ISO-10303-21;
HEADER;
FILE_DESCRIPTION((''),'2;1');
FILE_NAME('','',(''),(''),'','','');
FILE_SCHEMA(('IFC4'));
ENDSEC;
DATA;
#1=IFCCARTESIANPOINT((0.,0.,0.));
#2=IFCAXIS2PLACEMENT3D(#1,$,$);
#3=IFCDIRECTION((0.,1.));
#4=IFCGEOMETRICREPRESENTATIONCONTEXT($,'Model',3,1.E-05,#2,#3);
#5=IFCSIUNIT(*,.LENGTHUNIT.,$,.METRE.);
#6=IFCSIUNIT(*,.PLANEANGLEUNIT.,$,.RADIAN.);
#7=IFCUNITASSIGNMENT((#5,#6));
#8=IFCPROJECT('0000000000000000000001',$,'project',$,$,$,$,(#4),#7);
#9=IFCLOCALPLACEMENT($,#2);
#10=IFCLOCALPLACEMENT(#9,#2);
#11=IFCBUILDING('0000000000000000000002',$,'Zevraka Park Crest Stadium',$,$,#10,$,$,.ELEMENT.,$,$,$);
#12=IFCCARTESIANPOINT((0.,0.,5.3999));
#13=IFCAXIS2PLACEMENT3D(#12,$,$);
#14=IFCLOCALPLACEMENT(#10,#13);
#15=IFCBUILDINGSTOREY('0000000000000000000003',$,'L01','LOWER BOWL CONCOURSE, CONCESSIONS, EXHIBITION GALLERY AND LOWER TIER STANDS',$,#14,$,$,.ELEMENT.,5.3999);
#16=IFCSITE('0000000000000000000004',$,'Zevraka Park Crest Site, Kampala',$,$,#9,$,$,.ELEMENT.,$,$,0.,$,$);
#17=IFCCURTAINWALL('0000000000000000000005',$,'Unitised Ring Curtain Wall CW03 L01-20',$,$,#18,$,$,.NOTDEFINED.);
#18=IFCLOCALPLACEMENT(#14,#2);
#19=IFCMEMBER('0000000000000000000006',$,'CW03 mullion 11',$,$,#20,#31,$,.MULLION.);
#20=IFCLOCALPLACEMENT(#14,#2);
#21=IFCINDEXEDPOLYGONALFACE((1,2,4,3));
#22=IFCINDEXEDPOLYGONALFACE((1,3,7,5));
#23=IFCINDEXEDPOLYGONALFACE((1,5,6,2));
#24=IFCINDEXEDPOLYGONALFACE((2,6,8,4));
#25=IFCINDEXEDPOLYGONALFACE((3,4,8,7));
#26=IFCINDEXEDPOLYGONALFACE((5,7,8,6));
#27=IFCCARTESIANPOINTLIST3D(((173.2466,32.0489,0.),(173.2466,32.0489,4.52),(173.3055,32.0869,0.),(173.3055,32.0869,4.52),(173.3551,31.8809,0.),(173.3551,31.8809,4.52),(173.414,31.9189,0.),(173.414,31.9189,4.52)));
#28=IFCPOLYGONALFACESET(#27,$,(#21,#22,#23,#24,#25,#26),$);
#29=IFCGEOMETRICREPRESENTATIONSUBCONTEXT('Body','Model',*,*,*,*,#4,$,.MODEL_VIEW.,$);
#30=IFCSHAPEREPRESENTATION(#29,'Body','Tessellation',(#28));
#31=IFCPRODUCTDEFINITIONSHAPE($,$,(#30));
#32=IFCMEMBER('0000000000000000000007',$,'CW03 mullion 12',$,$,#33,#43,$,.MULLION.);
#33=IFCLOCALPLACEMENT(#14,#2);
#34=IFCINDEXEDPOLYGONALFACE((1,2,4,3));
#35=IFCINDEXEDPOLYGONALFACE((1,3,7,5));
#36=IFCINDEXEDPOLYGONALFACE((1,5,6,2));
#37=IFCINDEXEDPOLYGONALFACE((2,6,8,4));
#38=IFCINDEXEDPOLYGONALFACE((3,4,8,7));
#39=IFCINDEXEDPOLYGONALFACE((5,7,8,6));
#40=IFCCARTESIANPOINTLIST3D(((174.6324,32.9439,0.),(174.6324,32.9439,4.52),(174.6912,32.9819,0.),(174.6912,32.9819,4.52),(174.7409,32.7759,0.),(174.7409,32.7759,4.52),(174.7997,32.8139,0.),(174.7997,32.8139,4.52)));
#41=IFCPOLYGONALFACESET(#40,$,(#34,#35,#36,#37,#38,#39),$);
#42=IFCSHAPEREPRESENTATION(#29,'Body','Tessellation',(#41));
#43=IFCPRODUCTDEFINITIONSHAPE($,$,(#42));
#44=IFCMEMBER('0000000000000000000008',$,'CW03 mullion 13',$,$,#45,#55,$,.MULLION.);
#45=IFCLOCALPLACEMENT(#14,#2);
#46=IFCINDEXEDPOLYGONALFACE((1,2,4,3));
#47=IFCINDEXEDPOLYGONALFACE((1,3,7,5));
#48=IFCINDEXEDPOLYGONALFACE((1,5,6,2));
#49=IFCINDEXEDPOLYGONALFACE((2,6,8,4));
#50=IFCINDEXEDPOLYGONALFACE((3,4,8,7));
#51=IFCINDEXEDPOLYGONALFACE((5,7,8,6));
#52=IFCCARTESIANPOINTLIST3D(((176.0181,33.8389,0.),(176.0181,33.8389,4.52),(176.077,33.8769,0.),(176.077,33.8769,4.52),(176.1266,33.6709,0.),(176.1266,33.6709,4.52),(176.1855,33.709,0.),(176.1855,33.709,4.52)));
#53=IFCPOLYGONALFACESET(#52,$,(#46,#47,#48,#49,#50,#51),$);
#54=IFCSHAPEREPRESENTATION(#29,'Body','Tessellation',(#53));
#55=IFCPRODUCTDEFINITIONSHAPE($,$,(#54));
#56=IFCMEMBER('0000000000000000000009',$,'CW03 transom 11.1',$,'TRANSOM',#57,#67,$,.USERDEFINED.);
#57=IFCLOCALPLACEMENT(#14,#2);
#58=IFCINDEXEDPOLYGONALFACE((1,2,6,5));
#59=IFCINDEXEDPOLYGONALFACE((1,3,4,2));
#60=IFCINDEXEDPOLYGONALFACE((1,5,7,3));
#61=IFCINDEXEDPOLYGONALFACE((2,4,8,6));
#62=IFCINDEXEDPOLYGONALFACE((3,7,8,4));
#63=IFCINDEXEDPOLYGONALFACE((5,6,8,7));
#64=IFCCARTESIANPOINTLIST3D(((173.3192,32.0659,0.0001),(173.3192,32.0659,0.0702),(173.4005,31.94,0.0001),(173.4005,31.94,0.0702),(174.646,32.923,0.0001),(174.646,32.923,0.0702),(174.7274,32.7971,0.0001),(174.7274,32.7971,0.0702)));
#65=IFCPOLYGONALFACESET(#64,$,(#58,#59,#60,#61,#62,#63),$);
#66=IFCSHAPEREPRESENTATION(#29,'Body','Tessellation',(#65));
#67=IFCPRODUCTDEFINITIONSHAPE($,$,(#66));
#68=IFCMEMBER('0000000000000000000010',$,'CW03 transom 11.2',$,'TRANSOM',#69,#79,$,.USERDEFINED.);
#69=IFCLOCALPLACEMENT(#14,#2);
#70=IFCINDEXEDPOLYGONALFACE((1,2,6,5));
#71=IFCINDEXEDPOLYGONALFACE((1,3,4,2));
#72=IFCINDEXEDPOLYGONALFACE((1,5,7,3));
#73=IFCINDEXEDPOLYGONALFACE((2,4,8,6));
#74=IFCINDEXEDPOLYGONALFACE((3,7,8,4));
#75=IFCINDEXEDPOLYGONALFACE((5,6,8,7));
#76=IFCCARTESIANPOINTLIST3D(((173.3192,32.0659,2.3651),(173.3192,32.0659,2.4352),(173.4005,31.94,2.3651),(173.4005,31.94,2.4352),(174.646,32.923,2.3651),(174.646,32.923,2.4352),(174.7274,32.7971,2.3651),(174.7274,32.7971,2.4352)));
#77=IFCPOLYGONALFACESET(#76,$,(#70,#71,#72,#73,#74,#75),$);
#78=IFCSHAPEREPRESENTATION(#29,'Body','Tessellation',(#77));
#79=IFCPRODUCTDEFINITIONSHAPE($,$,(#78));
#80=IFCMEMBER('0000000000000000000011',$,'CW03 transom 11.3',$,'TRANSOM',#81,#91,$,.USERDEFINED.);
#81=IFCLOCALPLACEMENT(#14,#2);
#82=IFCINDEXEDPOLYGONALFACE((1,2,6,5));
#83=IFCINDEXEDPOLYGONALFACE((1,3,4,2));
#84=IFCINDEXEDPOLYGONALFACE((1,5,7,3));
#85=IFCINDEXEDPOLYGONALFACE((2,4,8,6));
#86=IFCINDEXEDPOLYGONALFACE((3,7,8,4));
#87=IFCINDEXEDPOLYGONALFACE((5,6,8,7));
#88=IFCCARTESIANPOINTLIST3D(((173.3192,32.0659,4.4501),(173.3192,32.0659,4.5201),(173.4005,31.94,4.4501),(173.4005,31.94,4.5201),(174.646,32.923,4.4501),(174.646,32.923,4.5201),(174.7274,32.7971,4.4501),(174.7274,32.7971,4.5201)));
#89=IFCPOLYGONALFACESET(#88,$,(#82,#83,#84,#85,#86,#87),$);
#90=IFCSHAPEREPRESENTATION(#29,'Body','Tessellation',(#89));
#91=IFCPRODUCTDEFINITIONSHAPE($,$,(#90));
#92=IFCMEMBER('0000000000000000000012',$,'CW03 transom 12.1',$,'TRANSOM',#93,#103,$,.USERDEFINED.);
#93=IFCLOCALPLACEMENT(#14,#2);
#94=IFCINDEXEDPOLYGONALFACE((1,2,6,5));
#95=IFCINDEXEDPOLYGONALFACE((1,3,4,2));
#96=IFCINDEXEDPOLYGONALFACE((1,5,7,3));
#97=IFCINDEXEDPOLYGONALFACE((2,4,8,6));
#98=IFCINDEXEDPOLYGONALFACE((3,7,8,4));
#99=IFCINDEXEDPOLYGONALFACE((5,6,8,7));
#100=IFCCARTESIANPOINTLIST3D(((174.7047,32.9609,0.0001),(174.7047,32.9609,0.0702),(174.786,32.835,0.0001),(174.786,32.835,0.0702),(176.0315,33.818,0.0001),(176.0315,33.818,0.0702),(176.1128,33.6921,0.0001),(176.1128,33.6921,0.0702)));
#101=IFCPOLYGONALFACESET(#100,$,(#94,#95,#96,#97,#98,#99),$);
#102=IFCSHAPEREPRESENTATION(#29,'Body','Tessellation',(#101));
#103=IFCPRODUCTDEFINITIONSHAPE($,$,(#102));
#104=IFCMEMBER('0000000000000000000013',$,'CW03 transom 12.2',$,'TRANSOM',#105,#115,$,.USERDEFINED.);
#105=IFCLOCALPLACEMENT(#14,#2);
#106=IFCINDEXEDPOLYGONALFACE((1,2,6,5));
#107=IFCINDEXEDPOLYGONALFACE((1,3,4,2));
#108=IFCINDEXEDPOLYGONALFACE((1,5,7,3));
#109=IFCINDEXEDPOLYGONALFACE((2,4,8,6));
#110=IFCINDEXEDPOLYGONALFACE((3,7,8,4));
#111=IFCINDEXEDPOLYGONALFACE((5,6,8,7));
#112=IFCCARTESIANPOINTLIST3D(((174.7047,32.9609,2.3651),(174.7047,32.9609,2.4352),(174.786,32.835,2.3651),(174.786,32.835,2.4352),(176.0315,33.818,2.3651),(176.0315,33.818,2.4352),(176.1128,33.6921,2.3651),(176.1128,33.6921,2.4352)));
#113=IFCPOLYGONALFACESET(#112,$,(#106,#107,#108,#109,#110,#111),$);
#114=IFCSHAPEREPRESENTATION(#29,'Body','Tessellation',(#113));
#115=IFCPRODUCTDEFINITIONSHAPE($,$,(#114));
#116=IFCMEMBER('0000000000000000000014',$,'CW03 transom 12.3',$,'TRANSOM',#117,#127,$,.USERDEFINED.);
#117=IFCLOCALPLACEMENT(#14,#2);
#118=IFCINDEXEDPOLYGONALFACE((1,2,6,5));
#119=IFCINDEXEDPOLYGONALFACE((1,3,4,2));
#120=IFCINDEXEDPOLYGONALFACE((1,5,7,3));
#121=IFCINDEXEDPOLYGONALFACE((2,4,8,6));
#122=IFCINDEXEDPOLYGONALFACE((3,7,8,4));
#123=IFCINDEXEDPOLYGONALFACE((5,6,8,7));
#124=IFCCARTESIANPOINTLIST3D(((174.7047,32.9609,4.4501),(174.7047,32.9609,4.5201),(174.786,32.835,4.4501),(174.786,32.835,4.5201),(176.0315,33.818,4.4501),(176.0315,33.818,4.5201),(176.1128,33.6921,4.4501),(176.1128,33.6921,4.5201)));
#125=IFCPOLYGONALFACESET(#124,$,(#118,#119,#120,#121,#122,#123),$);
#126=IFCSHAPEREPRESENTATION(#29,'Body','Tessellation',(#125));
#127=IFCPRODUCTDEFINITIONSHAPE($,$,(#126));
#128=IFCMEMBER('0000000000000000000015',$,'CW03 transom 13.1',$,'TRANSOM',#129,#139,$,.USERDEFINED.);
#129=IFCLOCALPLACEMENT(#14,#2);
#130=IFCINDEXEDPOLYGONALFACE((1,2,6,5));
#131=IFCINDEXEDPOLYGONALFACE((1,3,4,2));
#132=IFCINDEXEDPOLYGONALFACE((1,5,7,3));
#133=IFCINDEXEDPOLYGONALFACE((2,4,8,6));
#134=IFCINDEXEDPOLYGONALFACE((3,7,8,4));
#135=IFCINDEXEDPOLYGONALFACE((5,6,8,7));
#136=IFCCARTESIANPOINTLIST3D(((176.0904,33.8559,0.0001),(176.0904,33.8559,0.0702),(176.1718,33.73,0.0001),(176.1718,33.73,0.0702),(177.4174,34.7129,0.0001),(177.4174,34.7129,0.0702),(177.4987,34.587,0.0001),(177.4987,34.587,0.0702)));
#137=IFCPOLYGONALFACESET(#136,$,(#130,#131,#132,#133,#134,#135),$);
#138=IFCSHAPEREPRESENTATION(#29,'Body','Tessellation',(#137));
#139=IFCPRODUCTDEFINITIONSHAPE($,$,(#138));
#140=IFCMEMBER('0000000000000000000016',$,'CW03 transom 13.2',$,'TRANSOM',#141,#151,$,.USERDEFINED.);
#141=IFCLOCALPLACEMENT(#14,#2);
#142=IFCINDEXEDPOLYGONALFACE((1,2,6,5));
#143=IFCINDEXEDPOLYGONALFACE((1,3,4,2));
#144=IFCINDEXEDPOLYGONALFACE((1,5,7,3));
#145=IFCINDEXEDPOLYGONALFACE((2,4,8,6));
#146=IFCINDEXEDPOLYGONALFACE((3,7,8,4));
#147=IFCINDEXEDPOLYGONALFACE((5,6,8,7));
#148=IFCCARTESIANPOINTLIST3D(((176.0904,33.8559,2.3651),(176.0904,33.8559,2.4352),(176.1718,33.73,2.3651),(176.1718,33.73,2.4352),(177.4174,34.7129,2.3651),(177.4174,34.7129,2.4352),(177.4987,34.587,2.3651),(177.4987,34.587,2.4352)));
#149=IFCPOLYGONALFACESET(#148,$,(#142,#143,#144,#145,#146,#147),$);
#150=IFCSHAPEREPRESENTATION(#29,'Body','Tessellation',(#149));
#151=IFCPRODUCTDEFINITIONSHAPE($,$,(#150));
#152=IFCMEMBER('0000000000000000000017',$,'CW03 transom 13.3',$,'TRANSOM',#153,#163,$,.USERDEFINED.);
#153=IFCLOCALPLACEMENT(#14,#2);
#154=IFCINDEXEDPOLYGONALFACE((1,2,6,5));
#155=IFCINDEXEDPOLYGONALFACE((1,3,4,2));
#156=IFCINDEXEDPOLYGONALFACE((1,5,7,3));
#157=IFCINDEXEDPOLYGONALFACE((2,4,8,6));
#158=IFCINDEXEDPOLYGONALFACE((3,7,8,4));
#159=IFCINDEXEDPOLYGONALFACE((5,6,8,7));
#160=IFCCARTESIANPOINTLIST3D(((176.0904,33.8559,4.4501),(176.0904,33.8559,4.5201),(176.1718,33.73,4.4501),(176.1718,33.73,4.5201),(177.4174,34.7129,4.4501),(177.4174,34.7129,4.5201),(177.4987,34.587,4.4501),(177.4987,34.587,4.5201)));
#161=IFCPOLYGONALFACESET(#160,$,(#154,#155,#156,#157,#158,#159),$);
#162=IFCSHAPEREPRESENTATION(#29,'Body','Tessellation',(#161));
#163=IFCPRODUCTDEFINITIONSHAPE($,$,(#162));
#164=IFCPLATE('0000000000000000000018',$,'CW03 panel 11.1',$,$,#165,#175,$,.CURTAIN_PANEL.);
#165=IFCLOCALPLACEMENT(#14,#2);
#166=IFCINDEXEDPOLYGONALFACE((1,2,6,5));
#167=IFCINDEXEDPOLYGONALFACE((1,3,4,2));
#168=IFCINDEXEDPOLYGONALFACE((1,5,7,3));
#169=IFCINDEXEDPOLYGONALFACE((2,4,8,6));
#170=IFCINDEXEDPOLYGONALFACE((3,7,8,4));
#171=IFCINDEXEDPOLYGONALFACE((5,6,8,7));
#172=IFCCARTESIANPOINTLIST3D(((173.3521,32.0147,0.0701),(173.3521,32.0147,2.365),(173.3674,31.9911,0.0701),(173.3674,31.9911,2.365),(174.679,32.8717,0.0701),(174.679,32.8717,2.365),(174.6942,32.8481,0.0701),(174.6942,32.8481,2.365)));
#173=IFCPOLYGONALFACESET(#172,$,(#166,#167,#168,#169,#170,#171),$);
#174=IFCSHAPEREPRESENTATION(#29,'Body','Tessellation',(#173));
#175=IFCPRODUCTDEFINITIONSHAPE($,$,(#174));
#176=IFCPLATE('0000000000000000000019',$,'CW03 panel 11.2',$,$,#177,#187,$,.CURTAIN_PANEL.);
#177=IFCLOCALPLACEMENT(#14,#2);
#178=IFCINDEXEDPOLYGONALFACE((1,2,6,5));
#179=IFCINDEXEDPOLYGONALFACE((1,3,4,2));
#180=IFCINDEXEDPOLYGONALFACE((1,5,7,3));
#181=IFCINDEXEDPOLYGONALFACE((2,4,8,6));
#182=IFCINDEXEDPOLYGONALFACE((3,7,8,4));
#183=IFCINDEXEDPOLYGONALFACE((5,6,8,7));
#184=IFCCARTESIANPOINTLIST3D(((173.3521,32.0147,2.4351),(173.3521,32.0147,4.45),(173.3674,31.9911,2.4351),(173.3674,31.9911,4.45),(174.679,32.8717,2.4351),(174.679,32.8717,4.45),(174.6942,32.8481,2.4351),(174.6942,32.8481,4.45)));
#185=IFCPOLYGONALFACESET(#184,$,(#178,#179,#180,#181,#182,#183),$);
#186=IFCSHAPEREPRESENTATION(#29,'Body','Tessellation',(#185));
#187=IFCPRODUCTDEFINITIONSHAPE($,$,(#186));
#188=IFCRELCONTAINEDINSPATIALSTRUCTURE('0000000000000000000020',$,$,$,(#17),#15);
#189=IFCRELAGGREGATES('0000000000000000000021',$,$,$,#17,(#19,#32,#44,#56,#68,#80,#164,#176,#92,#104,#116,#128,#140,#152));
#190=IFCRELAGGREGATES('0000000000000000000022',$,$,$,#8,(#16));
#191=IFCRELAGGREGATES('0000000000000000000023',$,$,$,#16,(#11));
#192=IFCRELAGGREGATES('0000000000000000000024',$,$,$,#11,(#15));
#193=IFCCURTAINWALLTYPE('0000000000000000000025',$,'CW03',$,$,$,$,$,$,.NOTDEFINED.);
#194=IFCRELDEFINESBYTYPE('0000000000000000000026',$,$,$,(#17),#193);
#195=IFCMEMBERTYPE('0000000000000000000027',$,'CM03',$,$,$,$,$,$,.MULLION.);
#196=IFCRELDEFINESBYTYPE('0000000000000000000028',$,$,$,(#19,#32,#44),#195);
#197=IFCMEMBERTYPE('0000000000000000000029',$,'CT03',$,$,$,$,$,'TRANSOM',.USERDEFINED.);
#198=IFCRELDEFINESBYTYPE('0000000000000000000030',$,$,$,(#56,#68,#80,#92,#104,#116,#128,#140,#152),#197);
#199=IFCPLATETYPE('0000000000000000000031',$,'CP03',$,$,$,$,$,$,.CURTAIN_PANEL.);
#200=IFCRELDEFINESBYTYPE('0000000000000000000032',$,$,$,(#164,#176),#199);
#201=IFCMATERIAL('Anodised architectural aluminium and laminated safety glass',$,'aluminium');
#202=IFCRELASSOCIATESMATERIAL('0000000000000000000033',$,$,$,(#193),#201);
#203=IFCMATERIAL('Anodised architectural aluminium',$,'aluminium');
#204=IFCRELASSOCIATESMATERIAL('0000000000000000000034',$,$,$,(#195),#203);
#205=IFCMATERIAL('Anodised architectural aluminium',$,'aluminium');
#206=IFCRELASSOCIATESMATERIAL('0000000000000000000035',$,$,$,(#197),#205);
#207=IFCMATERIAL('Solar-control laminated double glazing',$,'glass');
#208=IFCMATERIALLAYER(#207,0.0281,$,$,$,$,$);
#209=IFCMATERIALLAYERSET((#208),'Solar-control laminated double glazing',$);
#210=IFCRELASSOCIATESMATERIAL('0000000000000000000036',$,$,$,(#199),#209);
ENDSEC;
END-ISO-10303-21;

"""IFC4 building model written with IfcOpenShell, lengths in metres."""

from ifc_helpers import new_model, si_unit, direction, frame, origin, origin_2d, place, context, subcontext, project, spatial, rectangle, extrude, material, layer, layer_set, material_profile, profile_set, type_object, element, aggregate, save


model = new_model("IFC4")

# Units and contexts
model_context = context("Model", 3, precision=1e-05, world=origin(), true_north=direction((0.0, 1.0)))
body_context = subcontext(model_context, "Body", "Model", "MODEL_VIEW")
ifc_project = project(units=[si_unit("LENGTHUNIT", "METRE"), si_unit("PLANEANGLEUNIT", "RADIAN")], contexts=[model_context])

# Site, building, storey
site_placement = place(None, origin())
site = spatial("IfcSite", under=ifc_project, at=site_placement, Name="Zevraka Park Crest Site, Kampala", CompositionType="ELEMENT", RefElevation=0.0)
building_placement = place(site_placement, origin())
building = spatial("IfcBuilding", under=site, at=building_placement, Name="Zevraka Park Crest Stadium", CompositionType="ELEMENT")
storey_placement = place(building_placement, frame((0.0, 0.0, 5.3999)))
storey = spatial("IfcBuildingStorey", under=building, at=storey_placement, Name="L01", Description="LOWER BOWL CONCOURSE, CONCESSIONS, EXHIBITION GALLERY AND LOWER TIER STANDS", CompositionType="ELEMENT", Elevation=5.3999)

# Curtain wall, members, plates
ifc_material_1 = material(Name="Anodised architectural aluminium and laminated safety glass", Category="aluminium")
curtain_wall_type = type_object("IfcCurtainWallType", Name="CW03", PredefinedType="NOTDEFINED", material=ifc_material_1)
curtain_wall_placement = place(storey_placement, origin())
curtain_wall = element("IfcCurtainWall", 1, at=curtain_wall_placement, inside=storey, type_object=curtain_wall_type, Name="Unitised Ring Curtain Wall CW03 L01-20", PredefinedType="NOTDEFINED")
ifc_material_2 = material(Name="Anodised architectural aluminium", Category="aluminium")
ifc_material_profile_1 = material_profile(ifc_material_2, rectangle(XDim=0.2, YDim=0.0701, at=origin_2d()), Name="ALU MULLION 200x70")
ifc_profile_set_1 = profile_set([ifc_material_profile_1], Name="Anodised architectural aluminium")
member_type_1 = type_object("IfcMemberType", Name="CM03", PredefinedType="MULLION", material=ifc_profile_set_1)
member_1_placement = place(storey_placement, frame((173.3303, 31.9839, 0.0), z_axis=(0.0, 0.0, 1.0), x_axis=(-0.542571, 0.84001, 0.0)))
member_1 = element("IfcMember", 2, at=member_1_placement, type_object=member_type_1, Name="CW03 mullion 11", PredefinedType="MULLION", context=body_context, shape_type="SweptSolid", body=[
    extrude(rectangle(XDim=0.2, YDim=0.0701, at=origin_2d()), origin(), (0.0, 0.0, 1.0), 4.52),
])
member_2_placement = place(storey_placement, frame((174.7161, 32.8789, 0.0), z_axis=(0.0, 0.0, 1.0), x_axis=(-0.542571, 0.84001, 0.0)))
member_2 = element("IfcMember", 3, at=member_2_placement, type_object=member_type_1, Name="CW03 mullion 12", PredefinedType="MULLION", context=body_context, shape_type="SweptSolid", body=[
    extrude(rectangle(XDim=0.2, YDim=0.0701, at=origin_2d()), origin(), (0.0, 0.0, 1.0), 4.52),
])
member_3_placement = place(storey_placement, frame((176.1018, 33.7739, 0.0), z_axis=(0.0, 0.0, 1.0), x_axis=(-0.542571, 0.84001, 0.0)))
member_3 = element("IfcMember", 4, at=member_3_placement, type_object=member_type_1, Name="CW03 mullion 13", PredefinedType="MULLION", context=body_context, shape_type="SweptSolid", body=[
    extrude(rectangle(XDim=0.2, YDim=0.0701, at=origin_2d()), origin(), (0.0, 0.0, 1.0), 4.52),
])
ifc_material_3 = material(Name="Anodised architectural aluminium", Category="aluminium")
ifc_material_profile_2 = material_profile(ifc_material_3, rectangle(XDim=0.1499, YDim=0.0701, at=origin_2d()), Name="ALU TRANSOM 150x70")
ifc_profile_set_2 = profile_set([ifc_material_profile_2], Name="Anodised architectural aluminium")
member_type_2 = type_object("IfcMemberType", Name="CT03", ElementType="TRANSOM", PredefinedType="USERDEFINED", material=ifc_profile_set_2)
member_4_placement = place(storey_placement, frame((173.3599, 32.0029, 0.0352), z_axis=(0.839976, 0.542623, 0.0), x_axis=(-0.542623, 0.839976, 0.0)))
member_4 = element("IfcMember", 5, at=member_4_placement, type_object=member_type_2, Name="CW03 transom 11.1", ObjectType="TRANSOM", PredefinedType="USERDEFINED", context=body_context, shape_type="SweptSolid", body=[
    extrude(rectangle(XDim=0.1499, YDim=0.0701, at=origin_2d()), origin(), (0.0, 0.0, 1.0), 1.5796),
])
member_5_placement = place(storey_placement, frame((173.3599, 32.0029, 2.4001), z_axis=(0.839976, 0.542623, 0.0), x_axis=(-0.542623, 0.839976, 0.0)))
member_5 = element("IfcMember", 6, at=member_5_placement, type_object=member_type_2, Name="CW03 transom 11.2", ObjectType="TRANSOM", PredefinedType="USERDEFINED", context=body_context, shape_type="SweptSolid", body=[
    extrude(rectangle(XDim=0.1499, YDim=0.0701, at=origin_2d()), origin(), (0.0, 0.0, 1.0), 1.5796),
])
member_6_placement = place(storey_placement, frame((173.3599, 32.0029, 4.4851), z_axis=(0.839976, 0.542623, 0.0), x_axis=(-0.542623, 0.839976, 0.0)))
member_6 = element("IfcMember", 7, at=member_6_placement, type_object=member_type_2, Name="CW03 transom 11.3", ObjectType="TRANSOM", PredefinedType="USERDEFINED", context=body_context, shape_type="SweptSolid", body=[
    extrude(rectangle(XDim=0.1499, YDim=0.0701, at=origin_2d()), origin(), (0.0, 0.0, 1.0), 1.5796),
])
member_7_placement = place(storey_placement, frame((174.7454, 32.8979, 0.0352), z_axis=(0.839976, 0.542623, 0.0), x_axis=(-0.542623, 0.839976, 0.0)))
member_7 = element("IfcMember", 8, at=member_7_placement, type_object=member_type_2, Name="CW03 transom 12.1", ObjectType="TRANSOM", PredefinedType="USERDEFINED", context=body_context, shape_type="SweptSolid", body=[
    extrude(rectangle(XDim=0.1499, YDim=0.0701, at=origin_2d()), origin(), (0.0, 0.0, 1.0), 1.5796),
])
member_8_placement = place(storey_placement, frame((174.7454, 32.8979, 2.4001), z_axis=(0.839976, 0.542623, 0.0), x_axis=(-0.542623, 0.839976, 0.0)))
member_8 = element("IfcMember", 9, at=member_8_placement, type_object=member_type_2, Name="CW03 transom 12.2", ObjectType="TRANSOM", PredefinedType="USERDEFINED", context=body_context, shape_type="SweptSolid", body=[
    extrude(rectangle(XDim=0.1499, YDim=0.0701, at=origin_2d()), origin(), (0.0, 0.0, 1.0), 1.5796),
])
member_9_placement = place(storey_placement, frame((174.7454, 32.8979, 4.4851), z_axis=(0.839976, 0.542623, 0.0), x_axis=(-0.542623, 0.839976, 0.0)))
member_9 = element("IfcMember", 10, at=member_9_placement, type_object=member_type_2, Name="CW03 transom 12.3", ObjectType="TRANSOM", PredefinedType="USERDEFINED", context=body_context, shape_type="SweptSolid", body=[
    extrude(rectangle(XDim=0.1499, YDim=0.0701, at=origin_2d()), origin(), (0.0, 0.0, 1.0), 1.5796),
])
member_10_placement = place(storey_placement, frame((176.1311, 33.793, 0.0352), z_axis=(0.840047, 0.542514, 0.0), x_axis=(-0.542514, 0.840047, 0.0)))
member_10 = element("IfcMember", 11, at=member_10_placement, type_object=member_type_2, Name="CW03 transom 13.1", ObjectType="TRANSOM", PredefinedType="USERDEFINED", context=body_context, shape_type="SweptSolid", body=[
    extrude(rectangle(XDim=0.1499, YDim=0.0701, at=origin_2d()), origin(), (0.0, 0.0, 1.0), 1.5796),
])
member_11_placement = place(storey_placement, frame((176.1311, 33.793, 2.4001), z_axis=(0.840047, 0.542514, 0.0), x_axis=(-0.542514, 0.840047, 0.0)))
member_11 = element("IfcMember", 12, at=member_11_placement, type_object=member_type_2, Name="CW03 transom 13.2", ObjectType="TRANSOM", PredefinedType="USERDEFINED", context=body_context, shape_type="SweptSolid", body=[
    extrude(rectangle(XDim=0.1499, YDim=0.0701, at=origin_2d()), origin(), (0.0, 0.0, 1.0), 1.5796),
])
member_12_placement = place(storey_placement, frame((176.1311, 33.793, 4.4851), z_axis=(0.840047, 0.542514, 0.0), x_axis=(-0.542514, 0.840047, 0.0)))
member_12 = element("IfcMember", 13, at=member_12_placement, type_object=member_type_2, Name="CW03 transom 13.3", ObjectType="TRANSOM", PredefinedType="USERDEFINED", context=body_context, shape_type="SweptSolid", body=[
    extrude(rectangle(XDim=0.1499, YDim=0.0701, at=origin_2d()), origin(), (0.0, 0.0, 1.0), 1.5796),
])
ifc_material_4 = material(Name="Solar-control laminated double glazing", Category="glass")
ifc_layer_1 = layer(ifc_material_4, 0.0281)
ifc_layer_set_1 = layer_set([ifc_layer_1], Name="Solar-control laminated double glazing")
plate_type = type_object("IfcPlateType", Name="CP03", PredefinedType="CURTAIN_PANEL", material=ifc_layer_set_1)
plate_1_placement = place(storey_placement, frame((174.0232, 32.4314, 0.0701), z_axis=(0.0, 0.0, 1.0), x_axis=(0.84001, 0.542571, 0.0)))
plate_1 = element("IfcPlate", 14, at=plate_1_placement, type_object=plate_type, Name="CW03 panel 11.1", PredefinedType="CURTAIN_PANEL", context=body_context, shape_type="SweptSolid", body=[
    extrude(rectangle(XDim=1.5796, YDim=0.0281, at=origin_2d()), origin(), (0.0, 0.0, 1.0), 2.2949),
])
plate_2_placement = place(storey_placement, frame((174.0232, 32.4314, 2.4351), z_axis=(0.0, 0.0, 1.0), x_axis=(0.84001, 0.542571, 0.0)))
plate_2 = element("IfcPlate", 15, at=plate_2_placement, type_object=plate_type, Name="CW03 panel 11.2", PredefinedType="CURTAIN_PANEL", context=body_context, shape_type="SweptSolid", body=[
    extrude(rectangle(XDim=1.5796, YDim=0.0281, at=origin_2d()), origin(), (0.0, 0.0, 1.0), 2.0149),
])
aggregate(curtain_wall, [member_1, member_2, member_3, member_4, member_5, member_6, plate_1, plate_2, member_7, member_8, member_9, member_10, member_11, member_12])

save(model, "model.ifc")
